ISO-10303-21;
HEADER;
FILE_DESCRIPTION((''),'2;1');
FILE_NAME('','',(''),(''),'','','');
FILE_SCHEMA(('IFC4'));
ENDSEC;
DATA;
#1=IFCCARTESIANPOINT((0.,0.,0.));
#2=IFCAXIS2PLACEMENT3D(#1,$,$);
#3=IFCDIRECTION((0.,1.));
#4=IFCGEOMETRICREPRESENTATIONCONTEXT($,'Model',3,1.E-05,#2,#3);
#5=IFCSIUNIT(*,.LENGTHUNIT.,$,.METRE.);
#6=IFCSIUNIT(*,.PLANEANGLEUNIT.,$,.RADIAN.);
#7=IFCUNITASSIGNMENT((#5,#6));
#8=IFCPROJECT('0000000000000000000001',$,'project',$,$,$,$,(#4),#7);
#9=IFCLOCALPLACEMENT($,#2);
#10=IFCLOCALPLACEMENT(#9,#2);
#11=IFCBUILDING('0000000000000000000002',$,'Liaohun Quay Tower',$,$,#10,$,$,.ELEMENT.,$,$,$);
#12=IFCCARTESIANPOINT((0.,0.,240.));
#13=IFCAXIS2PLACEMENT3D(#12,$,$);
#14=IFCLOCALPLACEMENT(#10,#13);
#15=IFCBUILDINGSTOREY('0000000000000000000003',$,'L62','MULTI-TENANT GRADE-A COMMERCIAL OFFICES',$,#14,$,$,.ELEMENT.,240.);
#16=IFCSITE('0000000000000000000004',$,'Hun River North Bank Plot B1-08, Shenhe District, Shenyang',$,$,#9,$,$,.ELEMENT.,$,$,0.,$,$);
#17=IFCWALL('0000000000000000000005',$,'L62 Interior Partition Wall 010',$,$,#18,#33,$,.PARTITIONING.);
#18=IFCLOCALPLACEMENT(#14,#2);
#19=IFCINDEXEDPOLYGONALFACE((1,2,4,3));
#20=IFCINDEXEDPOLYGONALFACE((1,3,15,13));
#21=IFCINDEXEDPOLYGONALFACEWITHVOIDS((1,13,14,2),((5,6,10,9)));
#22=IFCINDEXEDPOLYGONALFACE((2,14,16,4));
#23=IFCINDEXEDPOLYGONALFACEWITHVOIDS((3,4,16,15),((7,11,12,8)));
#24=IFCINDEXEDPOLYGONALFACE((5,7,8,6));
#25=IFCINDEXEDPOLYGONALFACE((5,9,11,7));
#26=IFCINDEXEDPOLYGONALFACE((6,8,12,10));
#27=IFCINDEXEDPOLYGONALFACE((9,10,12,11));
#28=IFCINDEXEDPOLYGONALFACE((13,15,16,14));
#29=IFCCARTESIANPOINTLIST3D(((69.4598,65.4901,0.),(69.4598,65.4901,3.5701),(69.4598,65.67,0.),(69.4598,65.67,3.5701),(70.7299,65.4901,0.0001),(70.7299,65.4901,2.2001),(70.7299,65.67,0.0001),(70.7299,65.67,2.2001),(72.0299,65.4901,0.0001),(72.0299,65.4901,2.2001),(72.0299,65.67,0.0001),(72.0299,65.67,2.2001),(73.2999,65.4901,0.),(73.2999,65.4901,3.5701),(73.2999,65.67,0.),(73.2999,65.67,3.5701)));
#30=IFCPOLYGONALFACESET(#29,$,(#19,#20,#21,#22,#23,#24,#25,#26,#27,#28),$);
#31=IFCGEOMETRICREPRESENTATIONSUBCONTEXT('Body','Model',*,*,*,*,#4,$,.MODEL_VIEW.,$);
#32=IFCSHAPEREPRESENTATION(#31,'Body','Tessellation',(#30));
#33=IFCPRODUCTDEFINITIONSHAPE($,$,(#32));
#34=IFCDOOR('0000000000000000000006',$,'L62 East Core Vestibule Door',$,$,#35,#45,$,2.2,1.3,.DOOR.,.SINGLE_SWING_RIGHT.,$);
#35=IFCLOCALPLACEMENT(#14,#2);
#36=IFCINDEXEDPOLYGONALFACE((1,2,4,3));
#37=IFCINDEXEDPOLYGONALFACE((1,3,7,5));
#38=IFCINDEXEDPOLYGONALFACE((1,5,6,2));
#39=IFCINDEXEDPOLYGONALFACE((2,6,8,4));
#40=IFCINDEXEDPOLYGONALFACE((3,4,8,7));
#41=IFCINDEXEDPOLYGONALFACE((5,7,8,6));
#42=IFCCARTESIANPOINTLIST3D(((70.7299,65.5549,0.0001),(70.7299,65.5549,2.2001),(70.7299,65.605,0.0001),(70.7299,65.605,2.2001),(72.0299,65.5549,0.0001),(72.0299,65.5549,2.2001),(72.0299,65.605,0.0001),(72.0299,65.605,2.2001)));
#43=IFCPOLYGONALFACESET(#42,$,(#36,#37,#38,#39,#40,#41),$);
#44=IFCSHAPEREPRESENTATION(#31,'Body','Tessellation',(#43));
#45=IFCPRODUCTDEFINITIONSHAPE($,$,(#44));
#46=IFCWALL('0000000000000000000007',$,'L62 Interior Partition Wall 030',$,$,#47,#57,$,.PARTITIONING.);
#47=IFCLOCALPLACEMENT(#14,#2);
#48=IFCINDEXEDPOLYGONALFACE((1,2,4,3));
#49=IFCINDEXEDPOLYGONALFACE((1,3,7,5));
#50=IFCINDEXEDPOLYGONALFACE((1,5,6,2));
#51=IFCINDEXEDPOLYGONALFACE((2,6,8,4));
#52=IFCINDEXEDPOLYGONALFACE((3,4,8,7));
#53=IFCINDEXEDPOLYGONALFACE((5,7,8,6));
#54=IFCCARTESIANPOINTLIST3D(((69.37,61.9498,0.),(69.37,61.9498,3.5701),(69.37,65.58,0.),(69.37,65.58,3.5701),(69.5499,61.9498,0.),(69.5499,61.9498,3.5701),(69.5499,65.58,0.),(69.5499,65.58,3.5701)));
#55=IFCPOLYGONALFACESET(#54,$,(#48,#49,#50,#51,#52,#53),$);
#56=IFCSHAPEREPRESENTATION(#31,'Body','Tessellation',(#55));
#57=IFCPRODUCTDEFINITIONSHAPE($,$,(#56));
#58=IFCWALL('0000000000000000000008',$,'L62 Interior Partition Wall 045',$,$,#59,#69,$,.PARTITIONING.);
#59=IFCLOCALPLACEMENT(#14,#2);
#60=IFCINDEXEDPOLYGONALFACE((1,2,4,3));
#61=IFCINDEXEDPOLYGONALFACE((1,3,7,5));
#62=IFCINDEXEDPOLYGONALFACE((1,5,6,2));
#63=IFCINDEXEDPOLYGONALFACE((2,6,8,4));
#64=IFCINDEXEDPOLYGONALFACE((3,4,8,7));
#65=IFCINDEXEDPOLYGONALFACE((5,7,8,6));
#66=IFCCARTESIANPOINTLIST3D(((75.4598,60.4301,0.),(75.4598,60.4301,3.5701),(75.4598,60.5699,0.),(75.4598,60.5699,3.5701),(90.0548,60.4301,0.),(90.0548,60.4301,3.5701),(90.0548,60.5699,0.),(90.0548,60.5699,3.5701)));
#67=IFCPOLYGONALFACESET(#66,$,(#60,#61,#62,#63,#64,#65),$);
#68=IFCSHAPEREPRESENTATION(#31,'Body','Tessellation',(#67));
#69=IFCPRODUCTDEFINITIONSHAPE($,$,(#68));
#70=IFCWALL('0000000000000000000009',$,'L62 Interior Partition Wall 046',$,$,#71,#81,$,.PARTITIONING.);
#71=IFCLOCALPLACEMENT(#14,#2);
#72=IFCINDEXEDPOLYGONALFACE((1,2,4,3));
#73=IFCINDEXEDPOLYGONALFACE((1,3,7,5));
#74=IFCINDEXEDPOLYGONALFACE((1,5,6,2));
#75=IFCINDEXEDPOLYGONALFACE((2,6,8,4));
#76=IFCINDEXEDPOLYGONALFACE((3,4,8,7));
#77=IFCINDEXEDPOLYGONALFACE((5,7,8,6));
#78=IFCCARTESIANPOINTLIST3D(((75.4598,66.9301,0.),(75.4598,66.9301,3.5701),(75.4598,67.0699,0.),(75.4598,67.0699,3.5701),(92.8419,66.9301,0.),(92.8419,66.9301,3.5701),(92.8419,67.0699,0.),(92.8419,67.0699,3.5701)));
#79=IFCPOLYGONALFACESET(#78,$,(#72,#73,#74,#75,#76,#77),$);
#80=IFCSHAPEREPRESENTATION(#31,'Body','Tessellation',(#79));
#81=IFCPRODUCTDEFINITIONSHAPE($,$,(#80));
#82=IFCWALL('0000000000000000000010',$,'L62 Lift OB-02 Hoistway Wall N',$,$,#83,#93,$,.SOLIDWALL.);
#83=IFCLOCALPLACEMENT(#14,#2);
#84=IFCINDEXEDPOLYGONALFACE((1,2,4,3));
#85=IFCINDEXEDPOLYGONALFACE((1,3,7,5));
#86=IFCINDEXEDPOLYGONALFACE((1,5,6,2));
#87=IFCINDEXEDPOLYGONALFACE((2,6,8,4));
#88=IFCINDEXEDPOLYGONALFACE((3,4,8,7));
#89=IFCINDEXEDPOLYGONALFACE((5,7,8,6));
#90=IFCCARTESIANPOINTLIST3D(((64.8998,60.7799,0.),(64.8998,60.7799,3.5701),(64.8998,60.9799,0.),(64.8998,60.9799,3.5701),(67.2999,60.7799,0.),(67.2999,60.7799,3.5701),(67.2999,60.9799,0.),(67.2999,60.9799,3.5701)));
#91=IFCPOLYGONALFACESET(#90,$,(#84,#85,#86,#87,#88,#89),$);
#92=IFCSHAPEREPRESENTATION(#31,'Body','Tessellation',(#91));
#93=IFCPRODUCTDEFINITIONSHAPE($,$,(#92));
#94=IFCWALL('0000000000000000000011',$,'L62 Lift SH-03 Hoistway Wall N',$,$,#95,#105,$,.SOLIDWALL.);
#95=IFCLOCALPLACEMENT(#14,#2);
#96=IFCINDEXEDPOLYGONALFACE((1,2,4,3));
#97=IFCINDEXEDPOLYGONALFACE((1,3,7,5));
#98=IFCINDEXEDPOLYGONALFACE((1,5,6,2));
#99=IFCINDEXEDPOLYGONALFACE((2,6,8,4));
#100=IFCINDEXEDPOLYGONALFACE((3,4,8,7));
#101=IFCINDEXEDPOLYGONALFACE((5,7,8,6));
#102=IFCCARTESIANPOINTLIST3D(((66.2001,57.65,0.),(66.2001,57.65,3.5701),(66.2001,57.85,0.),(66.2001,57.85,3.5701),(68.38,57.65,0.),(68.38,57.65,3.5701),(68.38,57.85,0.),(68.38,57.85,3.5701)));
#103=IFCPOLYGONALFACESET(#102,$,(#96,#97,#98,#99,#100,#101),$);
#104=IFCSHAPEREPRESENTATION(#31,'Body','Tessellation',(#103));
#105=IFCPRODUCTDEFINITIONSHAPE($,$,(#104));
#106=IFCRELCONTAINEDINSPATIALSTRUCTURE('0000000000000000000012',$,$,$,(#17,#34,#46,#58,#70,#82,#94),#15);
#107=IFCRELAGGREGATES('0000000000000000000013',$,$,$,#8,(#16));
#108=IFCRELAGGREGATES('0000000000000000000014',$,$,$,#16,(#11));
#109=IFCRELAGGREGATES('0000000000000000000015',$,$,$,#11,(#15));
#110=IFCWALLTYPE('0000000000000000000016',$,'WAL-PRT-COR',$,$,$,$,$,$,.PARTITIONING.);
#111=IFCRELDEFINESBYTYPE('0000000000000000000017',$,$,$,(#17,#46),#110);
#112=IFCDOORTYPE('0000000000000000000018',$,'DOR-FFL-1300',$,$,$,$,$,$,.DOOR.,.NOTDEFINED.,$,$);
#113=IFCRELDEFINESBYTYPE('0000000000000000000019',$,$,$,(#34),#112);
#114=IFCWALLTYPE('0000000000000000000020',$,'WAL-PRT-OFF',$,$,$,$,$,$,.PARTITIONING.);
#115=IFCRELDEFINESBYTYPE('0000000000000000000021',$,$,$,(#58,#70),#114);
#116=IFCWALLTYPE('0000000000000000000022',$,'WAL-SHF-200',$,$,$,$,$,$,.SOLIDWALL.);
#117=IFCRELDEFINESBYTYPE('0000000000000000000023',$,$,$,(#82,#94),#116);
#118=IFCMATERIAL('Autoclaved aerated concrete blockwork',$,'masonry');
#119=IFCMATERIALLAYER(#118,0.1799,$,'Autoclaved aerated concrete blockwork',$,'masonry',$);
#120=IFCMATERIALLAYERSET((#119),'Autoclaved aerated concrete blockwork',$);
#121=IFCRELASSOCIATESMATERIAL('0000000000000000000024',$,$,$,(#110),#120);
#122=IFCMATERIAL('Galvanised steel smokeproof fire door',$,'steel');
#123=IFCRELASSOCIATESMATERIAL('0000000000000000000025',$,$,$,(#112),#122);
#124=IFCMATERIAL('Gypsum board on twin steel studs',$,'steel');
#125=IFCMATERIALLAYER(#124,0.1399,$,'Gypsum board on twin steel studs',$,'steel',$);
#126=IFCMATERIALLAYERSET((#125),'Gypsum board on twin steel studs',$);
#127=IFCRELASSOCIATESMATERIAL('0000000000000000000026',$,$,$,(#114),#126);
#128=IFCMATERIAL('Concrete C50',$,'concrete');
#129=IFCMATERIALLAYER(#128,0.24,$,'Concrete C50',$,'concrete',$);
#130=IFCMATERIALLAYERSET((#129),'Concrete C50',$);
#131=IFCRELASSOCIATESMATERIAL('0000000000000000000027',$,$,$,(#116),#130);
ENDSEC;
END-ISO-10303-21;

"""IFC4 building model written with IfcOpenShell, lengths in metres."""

from ifc_helpers import new_model, si_unit, direction, frame, frame_2d, origin, place, context, subcontext, project, spatial, rectangle, extrude, source, transform, mapped, material, layer, layer_set, type_object, element, fill, save


model = new_model("IFC4")

# Units and contexts
model_context = context("Model", 3, precision=1e-05, world=origin(), true_north=direction((0.0, 1.0)))
body_context = subcontext(model_context, "Body", "Model", "MODEL_VIEW")
ifc_project = project(units=[si_unit("LENGTHUNIT", "METRE"), si_unit("PLANEANGLEUNIT", "RADIAN")], contexts=[model_context])

# Site, building, storey
site_placement = place(None, origin())
site = spatial("IfcSite", under=ifc_project, at=site_placement, Name="Hun River North Bank Plot B1-08, Shenhe District, Shenyang", CompositionType="ELEMENT", RefElevation=0.0)
building_placement = place(site_placement, origin())
building = spatial("IfcBuilding", under=site, at=building_placement, Name="Liaohun Quay Tower", CompositionType="ELEMENT")
storey_placement = place(building_placement, frame((0.0, 0.0, 240.0)))
storey = spatial("IfcBuildingStorey", under=building, at=storey_placement, Name="L62", Description="MULTI-TENANT GRADE-A COMMERCIAL OFFICES", CompositionType="ELEMENT", Elevation=240.0)

# Wall, opening, door
ifc_material_1 = material(Name="Autoclaved aerated concrete blockwork", Category="masonry")
ifc_layer_1 = layer(ifc_material_1, 0.1799, Name="Autoclaved aerated concrete blockwork", Category="masonry")
ifc_layer_set_1 = layer_set([ifc_layer_1], Name="Autoclaved aerated concrete blockwork")
wall_type_1 = type_object("IfcWallType", Name="WAL-PRT-COR", PredefinedType="PARTITIONING", material=ifc_layer_set_1)
wall_1_placement = place(storey_placement, frame((69.46, 65.5801, 0.0), z_axis=(0.0, 0.0, 1.0), x_axis=(1.0, 0.0, 0.0)))
wall_1 = element("IfcWall", 1, at=wall_1_placement, inside=storey, type_object=wall_type_1, Name="L62 Interior Partition Wall 010", PredefinedType="PARTITIONING", context=body_context, shape_type="SweptSolid", body=[
    extrude(rectangle(XDim=3.8401, YDim=0.1799, at=frame_2d((1.9199, 0.0))), origin(), (0.0, 0.0, 1.0), 3.5701),
])
shared_shape_1 = source(origin(), body_context, "Body", "SweptSolid", [
    extrude(rectangle(XDim=1.3, YDim=2.2, at=frame_2d((0.6499, 1.1001))), frame((0.0, 0.0999, 0.0), z_axis=(0.0, -1.0, 0.0), x_axis=(1.0, 0.0, 0.0)), (0.0, 0.0, 1.0), 0.2),
])
opening_1_placement = place(wall_1_placement, frame((1.27, 0.0, 0.0)))
opening_1 = element("IfcOpeningElement", 2, at=opening_1_placement, cuts=wall_1, PredefinedType="OPENING", context=body_context, shape_type="MappedRepresentation", body=[
    mapped(shared_shape_1, transform((0.0, 0.0, 0.0), x_axis=(1.0, 0.0, 0.0), y_axis=(0.0, 1.0, 0.0), z_axis=(0.0, 0.0, 1.0), scale=1.0)),
])
ifc_material_2 = material(Name="Galvanised steel smokeproof fire door", Category="steel")
door_type_1 = type_object("IfcDoorType", Name="DOR-FFL-1300", OperationType="NOTDEFINED", PredefinedType="DOOR", material=ifc_material_2)
shared_shape_2 = source(origin(), body_context, "Body", "SweptSolid", [
    extrude(rectangle(XDim=1.3, YDim=2.2, at=frame_2d((0.6499, 1.1001))), frame((0.0, 0.0249, 0.0), z_axis=(0.0, -1.0, 0.0), x_axis=(1.0, 0.0, 0.0)), (0.0, 0.0, 1.0), 0.05),
])
door_1_placement = place(opening_1_placement, origin())
door_1 = element("IfcDoor", 3, at=door_1_placement, inside=storey, type_object=door_type_1, Name="L62 East Core Vestibule Door", OperationType="SINGLE_SWING_RIGHT", OverallHeight=2.2, OverallWidth=1.3, PredefinedType="DOOR", context=body_context, shape_type="MappedRepresentation", body=[
    mapped(shared_shape_2, transform((0.0, 0.0, 0.0), x_axis=(1.0, 0.0, 0.0), y_axis=(0.0, 1.0, 0.0), z_axis=(0.0, 0.0, 1.0), scale=1.0)),
])
fill(opening_1, door_1)

# Walls
wall_2_placement = place(storey_placement, frame((69.46, 61.95, 0.0), z_axis=(0.0, 0.0, 1.0), x_axis=(0.0, 1.0, 0.0)))
element("IfcWall", 4, at=wall_2_placement, inside=storey, type_object=wall_type_1, Name="L62 Interior Partition Wall 030", PredefinedType="PARTITIONING", context=body_context, shape_type="SweptSolid", body=[
    extrude(rectangle(XDim=3.6301, YDim=0.1799, at=frame_2d((1.8149, 0.0))), origin(), (0.0, 0.0, 1.0), 3.5701),
])
ifc_material_3 = material(Name="Gypsum board on twin steel studs", Category="steel")
ifc_layer_2 = layer(ifc_material_3, 0.1399, Name="Gypsum board on twin steel studs", Category="steel")
ifc_layer_set_2 = layer_set([ifc_layer_2], Name="Gypsum board on twin steel studs")
wall_type_2 = type_object("IfcWallType", Name="WAL-PRT-OFF", PredefinedType="PARTITIONING", material=ifc_layer_set_2)
wall_3_placement = place(storey_placement, frame((75.46, 60.5, 0.0), z_axis=(0.0, 0.0, 1.0), x_axis=(1.0, 0.0, 0.0)))
element("IfcWall", 5, at=wall_3_placement, inside=storey, type_object=wall_type_2, Name="L62 Interior Partition Wall 045", PredefinedType="PARTITIONING", context=body_context, shape_type="SweptSolid", body=[
    extrude(rectangle(XDim=14.595, YDim=0.1399, at=frame_2d((7.2974, 0.0))), origin(), (0.0, 0.0, 1.0), 3.5701),
])
wall_4_placement = place(storey_placement, frame((75.46, 67.0, 0.0), z_axis=(0.0, 0.0, 1.0), x_axis=(1.0, 0.0, 0.0)))
element("IfcWall", 6, at=wall_4_placement, inside=storey, type_object=wall_type_2, Name="L62 Interior Partition Wall 046", PredefinedType="PARTITIONING", context=body_context, shape_type="SweptSolid", body=[
    extrude(rectangle(XDim=17.3821, YDim=0.1399, at=frame_2d((8.6909, 0.0))), origin(), (0.0, 0.0, 1.0), 3.5701),
])
ifc_material_4 = material(Name="Concrete C50", Category="concrete")
ifc_layer_3 = layer(ifc_material_4, 0.24, Name="Concrete C50", Category="concrete")
ifc_layer_set_3 = layer_set([ifc_layer_3], Name="Concrete C50")
wall_type_3 = type_object("IfcWallType", Name="WAL-SHF-200", PredefinedType="SOLIDWALL", material=ifc_layer_set_3)
wall_5_placement = place(storey_placement, frame((67.3, 60.8799, 0.0), z_axis=(0.0, 0.0, 1.0), x_axis=(-1.0, 0.0, 0.0)))
element("IfcWall", 7, at=wall_5_placement, inside=storey, type_object=wall_type_3, Name="L62 Lift OB-02 Hoistway Wall N", PredefinedType="SOLIDWALL", context=body_context, shape_type="SweptSolid", body=[
    extrude(rectangle(XDim=2.4001, YDim=0.2, at=frame_2d((1.2002, 0.0))), origin(), (0.0, 0.0, 1.0), 3.5701),
])
wall_6_placement = place(storey_placement, frame((68.3799, 57.75, 0.0), z_axis=(0.0, 0.0, 1.0), x_axis=(-1.0, 0.0, 0.0)))
element("IfcWall", 8, at=wall_6_placement, inside=storey, type_object=wall_type_3, Name="L62 Lift SH-03 Hoistway Wall N", PredefinedType="SOLIDWALL", context=body_context, shape_type="SweptSolid", body=[
    extrude(rectangle(XDim=2.1799, YDim=0.2, at=frame_2d((1.0898, 0.0))), origin(), (0.0, 0.0, 1.0), 3.5701),
])

save(model, "model.ifc")
